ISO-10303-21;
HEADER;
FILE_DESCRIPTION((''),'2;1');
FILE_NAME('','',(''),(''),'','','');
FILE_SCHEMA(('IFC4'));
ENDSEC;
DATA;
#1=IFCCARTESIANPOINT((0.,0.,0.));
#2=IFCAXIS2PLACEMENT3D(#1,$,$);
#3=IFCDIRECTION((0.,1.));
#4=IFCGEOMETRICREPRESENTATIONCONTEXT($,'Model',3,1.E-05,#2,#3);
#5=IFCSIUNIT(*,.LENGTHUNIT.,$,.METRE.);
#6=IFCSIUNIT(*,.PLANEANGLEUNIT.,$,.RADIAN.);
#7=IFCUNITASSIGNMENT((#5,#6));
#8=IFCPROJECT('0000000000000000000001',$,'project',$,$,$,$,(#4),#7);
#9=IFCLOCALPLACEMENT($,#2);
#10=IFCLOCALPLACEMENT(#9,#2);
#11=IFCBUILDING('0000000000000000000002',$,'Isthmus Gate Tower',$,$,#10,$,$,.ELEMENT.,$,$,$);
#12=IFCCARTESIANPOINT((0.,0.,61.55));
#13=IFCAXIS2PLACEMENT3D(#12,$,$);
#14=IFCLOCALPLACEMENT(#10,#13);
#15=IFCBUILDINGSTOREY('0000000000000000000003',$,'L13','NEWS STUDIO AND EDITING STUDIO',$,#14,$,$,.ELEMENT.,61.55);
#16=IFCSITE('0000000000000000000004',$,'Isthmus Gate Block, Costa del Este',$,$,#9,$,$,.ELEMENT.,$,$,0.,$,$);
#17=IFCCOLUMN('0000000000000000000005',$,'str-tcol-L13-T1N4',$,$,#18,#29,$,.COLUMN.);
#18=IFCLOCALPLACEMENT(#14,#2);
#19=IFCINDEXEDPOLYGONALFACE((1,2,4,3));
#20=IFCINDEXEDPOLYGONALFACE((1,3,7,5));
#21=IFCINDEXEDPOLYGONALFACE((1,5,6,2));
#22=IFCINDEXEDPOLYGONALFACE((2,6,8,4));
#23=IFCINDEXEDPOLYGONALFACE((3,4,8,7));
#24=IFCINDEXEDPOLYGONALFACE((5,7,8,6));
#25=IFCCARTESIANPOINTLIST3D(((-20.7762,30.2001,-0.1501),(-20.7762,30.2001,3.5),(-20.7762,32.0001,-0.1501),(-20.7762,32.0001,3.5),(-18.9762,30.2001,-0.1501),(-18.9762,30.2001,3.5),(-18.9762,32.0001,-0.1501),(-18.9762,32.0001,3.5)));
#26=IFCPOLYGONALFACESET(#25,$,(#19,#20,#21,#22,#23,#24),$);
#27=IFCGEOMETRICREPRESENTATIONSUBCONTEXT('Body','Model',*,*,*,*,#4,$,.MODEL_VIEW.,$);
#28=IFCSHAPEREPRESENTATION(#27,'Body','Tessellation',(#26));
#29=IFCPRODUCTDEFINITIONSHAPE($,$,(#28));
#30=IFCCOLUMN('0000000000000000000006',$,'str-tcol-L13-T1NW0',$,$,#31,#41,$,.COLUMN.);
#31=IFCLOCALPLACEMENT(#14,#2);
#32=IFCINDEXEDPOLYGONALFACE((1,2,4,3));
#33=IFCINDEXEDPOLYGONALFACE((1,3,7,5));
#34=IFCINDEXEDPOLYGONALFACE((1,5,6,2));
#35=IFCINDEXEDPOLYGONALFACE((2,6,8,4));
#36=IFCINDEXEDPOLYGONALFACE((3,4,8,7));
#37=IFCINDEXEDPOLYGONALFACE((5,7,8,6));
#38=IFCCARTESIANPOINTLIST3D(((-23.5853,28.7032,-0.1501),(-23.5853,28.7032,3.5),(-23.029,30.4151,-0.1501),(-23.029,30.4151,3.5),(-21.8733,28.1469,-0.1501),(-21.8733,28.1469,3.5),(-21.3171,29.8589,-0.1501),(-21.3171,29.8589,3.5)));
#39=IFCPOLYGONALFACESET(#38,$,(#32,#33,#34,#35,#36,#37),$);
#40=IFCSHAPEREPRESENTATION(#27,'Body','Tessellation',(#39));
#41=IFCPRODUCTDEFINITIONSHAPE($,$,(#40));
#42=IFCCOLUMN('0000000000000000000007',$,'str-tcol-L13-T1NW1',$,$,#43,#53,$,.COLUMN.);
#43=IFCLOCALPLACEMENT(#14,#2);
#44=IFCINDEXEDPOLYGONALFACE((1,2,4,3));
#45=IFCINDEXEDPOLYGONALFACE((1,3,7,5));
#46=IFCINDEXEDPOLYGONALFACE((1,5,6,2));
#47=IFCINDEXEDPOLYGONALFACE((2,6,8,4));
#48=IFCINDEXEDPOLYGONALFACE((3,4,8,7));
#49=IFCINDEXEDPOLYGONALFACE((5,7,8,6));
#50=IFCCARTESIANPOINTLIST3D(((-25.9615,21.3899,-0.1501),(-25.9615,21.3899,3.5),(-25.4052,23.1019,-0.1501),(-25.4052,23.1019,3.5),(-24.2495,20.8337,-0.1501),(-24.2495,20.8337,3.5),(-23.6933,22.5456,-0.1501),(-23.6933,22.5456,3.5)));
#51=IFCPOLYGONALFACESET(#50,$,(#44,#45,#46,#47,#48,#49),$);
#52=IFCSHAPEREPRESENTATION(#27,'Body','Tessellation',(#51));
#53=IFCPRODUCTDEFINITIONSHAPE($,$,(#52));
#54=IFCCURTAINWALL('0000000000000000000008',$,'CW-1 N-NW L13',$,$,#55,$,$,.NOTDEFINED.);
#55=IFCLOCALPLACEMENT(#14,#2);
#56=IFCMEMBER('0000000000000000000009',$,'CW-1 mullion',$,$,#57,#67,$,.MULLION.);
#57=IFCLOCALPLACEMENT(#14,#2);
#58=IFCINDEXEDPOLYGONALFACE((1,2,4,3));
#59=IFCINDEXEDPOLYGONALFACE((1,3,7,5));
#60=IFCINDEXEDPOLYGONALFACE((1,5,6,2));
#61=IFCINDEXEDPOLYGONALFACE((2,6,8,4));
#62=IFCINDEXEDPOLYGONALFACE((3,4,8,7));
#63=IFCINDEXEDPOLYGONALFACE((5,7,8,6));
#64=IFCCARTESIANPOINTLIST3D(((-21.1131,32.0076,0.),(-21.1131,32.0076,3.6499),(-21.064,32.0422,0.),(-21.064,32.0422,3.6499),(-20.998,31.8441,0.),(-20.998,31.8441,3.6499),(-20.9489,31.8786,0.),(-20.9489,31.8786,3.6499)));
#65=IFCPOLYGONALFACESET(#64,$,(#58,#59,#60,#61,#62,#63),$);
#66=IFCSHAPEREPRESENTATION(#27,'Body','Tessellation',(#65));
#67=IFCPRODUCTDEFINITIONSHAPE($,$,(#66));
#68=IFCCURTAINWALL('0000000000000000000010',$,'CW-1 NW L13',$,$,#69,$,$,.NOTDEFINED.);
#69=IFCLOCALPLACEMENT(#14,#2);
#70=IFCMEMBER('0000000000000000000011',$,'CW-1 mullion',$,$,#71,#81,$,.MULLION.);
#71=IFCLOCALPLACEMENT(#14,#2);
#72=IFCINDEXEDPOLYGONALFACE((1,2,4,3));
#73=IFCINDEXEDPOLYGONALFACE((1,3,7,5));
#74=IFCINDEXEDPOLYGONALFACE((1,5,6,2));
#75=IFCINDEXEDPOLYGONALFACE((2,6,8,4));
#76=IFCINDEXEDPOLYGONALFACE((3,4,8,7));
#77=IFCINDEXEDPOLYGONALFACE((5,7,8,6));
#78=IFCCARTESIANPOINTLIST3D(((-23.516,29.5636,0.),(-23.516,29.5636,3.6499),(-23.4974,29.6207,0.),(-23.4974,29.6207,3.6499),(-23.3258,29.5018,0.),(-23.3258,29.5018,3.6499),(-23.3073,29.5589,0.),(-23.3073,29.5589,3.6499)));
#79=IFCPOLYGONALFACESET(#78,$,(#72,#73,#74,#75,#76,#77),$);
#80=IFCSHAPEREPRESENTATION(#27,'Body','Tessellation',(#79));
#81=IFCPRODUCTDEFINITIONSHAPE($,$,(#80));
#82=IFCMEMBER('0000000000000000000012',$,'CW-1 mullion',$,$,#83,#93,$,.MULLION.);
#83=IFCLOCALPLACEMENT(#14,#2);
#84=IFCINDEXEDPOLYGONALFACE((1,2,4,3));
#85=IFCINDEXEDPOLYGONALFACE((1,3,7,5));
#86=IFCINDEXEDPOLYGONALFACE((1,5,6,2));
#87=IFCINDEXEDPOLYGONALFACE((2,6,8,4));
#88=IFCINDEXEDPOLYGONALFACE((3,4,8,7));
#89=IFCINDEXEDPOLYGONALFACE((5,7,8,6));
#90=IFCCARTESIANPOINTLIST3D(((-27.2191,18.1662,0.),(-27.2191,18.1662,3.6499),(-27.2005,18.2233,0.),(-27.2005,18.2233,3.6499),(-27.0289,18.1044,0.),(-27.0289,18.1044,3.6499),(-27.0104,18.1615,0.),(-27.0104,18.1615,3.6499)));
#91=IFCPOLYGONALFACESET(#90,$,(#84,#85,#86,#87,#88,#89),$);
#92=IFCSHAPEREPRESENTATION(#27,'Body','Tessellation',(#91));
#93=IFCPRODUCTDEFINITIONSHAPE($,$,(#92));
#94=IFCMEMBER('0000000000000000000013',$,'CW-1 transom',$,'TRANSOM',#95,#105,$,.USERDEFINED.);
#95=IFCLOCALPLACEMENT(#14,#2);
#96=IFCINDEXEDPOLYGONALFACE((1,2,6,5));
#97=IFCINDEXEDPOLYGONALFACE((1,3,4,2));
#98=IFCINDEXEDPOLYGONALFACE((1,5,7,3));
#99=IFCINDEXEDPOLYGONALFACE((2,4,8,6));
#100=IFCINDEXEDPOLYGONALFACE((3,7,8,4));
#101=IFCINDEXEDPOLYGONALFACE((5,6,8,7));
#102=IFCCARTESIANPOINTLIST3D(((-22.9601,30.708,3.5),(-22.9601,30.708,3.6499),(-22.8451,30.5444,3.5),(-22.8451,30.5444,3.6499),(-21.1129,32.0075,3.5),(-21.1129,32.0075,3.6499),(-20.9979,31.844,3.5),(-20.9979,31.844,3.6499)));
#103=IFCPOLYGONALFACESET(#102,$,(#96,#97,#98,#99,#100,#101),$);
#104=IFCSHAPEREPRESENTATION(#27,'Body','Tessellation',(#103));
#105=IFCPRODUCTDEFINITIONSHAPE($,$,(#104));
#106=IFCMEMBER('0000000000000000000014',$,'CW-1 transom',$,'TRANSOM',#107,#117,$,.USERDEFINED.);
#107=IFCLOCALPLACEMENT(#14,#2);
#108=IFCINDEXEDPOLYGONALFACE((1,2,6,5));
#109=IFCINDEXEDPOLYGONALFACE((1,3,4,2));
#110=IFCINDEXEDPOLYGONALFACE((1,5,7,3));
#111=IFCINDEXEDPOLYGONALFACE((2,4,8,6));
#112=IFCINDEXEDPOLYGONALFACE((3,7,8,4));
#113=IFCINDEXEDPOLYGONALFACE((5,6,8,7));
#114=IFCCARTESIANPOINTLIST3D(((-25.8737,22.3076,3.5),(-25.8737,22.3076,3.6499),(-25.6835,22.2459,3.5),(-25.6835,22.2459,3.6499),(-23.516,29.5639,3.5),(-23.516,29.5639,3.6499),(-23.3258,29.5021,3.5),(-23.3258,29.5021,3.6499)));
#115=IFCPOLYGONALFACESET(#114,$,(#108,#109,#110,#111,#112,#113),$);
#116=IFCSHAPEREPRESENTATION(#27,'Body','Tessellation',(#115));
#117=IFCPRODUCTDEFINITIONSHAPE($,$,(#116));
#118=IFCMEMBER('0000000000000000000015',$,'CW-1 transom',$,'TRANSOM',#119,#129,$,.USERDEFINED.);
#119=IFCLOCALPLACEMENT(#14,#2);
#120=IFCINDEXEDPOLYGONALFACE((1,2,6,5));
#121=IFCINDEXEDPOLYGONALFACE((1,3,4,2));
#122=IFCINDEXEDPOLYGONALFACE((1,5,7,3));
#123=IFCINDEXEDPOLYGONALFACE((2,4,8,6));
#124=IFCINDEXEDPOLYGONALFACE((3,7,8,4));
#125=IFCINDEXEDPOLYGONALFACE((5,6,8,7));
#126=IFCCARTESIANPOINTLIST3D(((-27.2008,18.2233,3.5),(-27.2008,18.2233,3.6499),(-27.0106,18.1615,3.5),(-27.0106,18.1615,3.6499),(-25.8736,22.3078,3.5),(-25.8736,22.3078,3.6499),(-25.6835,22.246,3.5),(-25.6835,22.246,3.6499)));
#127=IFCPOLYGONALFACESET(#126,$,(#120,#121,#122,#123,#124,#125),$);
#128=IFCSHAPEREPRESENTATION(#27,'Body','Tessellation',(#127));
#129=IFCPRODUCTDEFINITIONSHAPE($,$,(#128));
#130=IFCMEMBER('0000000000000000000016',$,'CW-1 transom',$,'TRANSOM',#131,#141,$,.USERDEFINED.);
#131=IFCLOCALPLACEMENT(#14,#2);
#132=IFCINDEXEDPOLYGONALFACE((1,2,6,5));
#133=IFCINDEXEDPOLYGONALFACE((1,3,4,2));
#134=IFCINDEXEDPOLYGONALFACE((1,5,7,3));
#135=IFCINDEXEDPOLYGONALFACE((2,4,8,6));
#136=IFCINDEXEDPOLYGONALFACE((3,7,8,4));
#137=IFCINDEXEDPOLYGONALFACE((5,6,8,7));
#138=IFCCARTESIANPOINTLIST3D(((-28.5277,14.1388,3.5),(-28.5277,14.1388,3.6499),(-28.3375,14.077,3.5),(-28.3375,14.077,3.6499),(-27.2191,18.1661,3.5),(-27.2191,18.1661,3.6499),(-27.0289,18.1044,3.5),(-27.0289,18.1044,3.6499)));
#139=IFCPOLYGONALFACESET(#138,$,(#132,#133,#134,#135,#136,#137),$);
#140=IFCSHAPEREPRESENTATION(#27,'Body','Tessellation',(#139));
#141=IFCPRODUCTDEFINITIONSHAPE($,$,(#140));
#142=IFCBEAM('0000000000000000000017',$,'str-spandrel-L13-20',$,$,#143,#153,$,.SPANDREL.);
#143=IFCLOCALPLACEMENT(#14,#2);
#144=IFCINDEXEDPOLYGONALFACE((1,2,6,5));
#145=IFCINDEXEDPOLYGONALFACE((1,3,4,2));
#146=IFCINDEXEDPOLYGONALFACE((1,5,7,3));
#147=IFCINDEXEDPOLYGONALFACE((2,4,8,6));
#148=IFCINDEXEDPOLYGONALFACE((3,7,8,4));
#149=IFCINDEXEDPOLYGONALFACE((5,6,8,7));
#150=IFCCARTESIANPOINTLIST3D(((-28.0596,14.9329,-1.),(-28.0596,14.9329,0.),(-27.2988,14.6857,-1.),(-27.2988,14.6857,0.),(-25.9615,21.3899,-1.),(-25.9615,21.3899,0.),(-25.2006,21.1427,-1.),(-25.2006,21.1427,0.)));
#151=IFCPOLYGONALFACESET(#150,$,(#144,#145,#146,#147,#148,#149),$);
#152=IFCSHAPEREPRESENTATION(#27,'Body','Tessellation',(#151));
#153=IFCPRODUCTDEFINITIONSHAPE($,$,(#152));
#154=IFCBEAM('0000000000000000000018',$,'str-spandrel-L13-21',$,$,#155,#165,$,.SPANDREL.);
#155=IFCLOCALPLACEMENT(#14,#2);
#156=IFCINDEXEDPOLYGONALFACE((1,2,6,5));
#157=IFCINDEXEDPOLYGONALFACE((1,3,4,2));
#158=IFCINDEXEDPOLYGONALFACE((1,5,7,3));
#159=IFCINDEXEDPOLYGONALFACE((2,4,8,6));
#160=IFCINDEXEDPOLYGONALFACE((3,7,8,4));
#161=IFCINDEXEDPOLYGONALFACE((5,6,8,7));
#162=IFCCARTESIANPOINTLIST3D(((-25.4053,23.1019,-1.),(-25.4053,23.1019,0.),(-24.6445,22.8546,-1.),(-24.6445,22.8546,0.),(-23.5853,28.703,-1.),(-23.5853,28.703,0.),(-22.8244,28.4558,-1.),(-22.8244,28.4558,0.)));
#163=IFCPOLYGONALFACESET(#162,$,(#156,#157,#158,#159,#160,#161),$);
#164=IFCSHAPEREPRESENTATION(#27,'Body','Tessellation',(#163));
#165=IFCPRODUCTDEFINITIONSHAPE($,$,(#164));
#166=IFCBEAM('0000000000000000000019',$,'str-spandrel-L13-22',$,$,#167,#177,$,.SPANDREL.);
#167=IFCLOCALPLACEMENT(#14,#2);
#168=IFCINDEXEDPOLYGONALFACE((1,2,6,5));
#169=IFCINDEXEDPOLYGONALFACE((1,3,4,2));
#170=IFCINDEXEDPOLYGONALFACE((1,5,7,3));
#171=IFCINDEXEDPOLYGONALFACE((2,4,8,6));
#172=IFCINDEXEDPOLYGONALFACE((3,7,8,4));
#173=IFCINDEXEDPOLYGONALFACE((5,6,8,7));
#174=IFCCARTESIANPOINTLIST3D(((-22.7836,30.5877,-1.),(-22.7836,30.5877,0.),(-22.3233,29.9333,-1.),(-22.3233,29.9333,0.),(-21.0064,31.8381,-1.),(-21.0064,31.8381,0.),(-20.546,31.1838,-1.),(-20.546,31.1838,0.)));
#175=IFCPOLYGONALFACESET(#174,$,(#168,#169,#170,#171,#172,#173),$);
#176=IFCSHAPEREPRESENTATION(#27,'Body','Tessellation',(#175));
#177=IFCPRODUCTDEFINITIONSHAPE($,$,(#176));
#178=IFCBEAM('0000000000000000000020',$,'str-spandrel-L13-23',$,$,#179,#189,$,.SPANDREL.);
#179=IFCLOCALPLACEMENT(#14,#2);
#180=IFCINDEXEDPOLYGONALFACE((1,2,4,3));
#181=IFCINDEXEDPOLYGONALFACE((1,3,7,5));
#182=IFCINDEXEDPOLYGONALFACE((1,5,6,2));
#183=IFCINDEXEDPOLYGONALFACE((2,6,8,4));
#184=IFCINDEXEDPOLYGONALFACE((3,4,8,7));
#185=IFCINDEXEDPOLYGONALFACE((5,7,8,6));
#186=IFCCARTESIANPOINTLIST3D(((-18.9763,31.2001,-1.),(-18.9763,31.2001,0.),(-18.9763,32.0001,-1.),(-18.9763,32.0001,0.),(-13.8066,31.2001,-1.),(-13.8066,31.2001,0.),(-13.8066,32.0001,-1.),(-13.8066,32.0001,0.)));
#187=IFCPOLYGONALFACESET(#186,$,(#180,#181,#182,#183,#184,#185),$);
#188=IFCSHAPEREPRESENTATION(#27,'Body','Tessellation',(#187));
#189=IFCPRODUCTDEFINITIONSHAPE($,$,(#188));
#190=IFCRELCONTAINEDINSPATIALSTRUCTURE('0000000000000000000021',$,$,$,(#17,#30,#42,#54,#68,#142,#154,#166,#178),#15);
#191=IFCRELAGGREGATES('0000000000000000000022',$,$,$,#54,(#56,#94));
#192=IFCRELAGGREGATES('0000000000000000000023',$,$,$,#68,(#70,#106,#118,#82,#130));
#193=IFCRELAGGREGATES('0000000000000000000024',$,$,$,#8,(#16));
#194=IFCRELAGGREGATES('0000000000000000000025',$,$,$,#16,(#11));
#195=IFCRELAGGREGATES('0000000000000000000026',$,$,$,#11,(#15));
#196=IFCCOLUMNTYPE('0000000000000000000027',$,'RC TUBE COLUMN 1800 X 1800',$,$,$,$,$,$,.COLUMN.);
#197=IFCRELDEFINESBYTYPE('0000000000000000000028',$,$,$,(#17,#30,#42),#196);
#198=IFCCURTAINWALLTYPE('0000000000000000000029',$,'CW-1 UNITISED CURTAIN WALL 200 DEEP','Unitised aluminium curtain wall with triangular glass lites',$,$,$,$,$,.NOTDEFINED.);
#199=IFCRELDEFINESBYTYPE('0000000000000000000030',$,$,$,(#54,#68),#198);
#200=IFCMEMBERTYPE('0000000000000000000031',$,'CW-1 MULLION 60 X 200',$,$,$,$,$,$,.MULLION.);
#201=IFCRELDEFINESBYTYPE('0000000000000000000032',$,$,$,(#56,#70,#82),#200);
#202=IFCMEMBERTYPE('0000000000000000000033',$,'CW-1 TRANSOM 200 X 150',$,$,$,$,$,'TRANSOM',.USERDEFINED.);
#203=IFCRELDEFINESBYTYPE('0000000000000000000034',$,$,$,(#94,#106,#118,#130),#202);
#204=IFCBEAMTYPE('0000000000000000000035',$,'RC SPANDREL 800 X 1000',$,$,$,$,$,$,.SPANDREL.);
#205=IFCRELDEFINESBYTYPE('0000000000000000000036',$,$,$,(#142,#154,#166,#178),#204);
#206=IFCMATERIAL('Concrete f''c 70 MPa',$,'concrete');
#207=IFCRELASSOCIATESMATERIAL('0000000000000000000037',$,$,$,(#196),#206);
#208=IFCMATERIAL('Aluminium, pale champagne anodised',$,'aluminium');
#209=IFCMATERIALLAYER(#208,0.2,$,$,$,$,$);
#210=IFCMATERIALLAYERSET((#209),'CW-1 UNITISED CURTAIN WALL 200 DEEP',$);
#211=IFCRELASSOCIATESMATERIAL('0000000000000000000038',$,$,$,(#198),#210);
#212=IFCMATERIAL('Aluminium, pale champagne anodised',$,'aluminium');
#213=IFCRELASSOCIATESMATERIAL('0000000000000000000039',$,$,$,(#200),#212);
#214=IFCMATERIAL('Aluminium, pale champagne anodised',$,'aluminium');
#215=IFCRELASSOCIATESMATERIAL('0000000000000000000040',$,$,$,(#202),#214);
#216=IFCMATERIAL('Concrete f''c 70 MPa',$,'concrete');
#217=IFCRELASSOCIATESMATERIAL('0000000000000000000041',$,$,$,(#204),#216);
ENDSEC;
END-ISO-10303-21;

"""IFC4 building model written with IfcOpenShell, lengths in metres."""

from ifc_helpers import new_model, si_unit, direction, frame, origin, origin_2d, place, context, subcontext, project, spatial, rectangle, extrude, material, layer, layer_set, material_profile, profile_set, type_object, element, aggregate, save


model = new_model("IFC4")

# Units and contexts
model_context = context("Model", 3, precision=1e-05, world=origin(), true_north=direction((0.0, 1.0)))
body_context = subcontext(model_context, "Body", "Model", "MODEL_VIEW")
ifc_project = project(units=[si_unit("LENGTHUNIT", "METRE"), si_unit("PLANEANGLEUNIT", "RADIAN")], contexts=[model_context])

# Site, building, storey
site_placement = place(None, origin())
site = spatial("IfcSite", under=ifc_project, at=site_placement, Name="Isthmus Gate Block, Costa del Este", CompositionType="ELEMENT", RefElevation=0.0)
building_placement = place(site_placement, origin())
building = spatial("IfcBuilding", under=site, at=building_placement, Name="Isthmus Gate Tower", CompositionType="ELEMENT")
storey_placement = place(building_placement, frame((0.0, 0.0, 61.55)))
storey = spatial("IfcBuildingStorey", under=building, at=storey_placement, Name="L13", Description="NEWS STUDIO AND EDITING STUDIO", CompositionType="ELEMENT", Elevation=61.55)

# Columns
ifc_material_1 = material(Name="Concrete f'c 70 MPa", Category="concrete")
ifc_material_profile_1 = material_profile(ifc_material_1, rectangle(XDim=1.8, YDim=1.8, at=origin_2d()), Name="RC 1800X1800")
ifc_profile_set_1 = profile_set([ifc_material_profile_1], Name="Concrete f'c 70 MPa")
column_type = type_object("IfcColumnType", Name="RC TUBE COLUMN 1800 X 1800", PredefinedType="COLUMN", material=ifc_profile_set_1)
for number, where, z_axis, x_axis, name in (
    (1, (-19.8762, 31.1001, -0.1501), (0.0, 0.0, 1.0), (-1.0, 0.0, 0.0), "str-tcol-L13-T1N4"),
    (2, (-22.4512, 29.281, -0.1501), (0.0, 0.0, 1.0), (-0.309017, -0.951057, 0.0), "str-tcol-L13-T1NW0"),
    (3, (-24.8274, 21.9678, -0.1501), (0.0, 0.0, 1.0), (-0.309017, -0.951057, 0.0), "str-tcol-L13-T1NW1"),
):
    element("IfcColumn", number, at=place(storey_placement, frame(where, z_axis=z_axis, x_axis=x_axis)), inside=storey, type_object=column_type, Name=name, PredefinedType="COLUMN", context=body_context, shape_type="SweptSolid", body=[
        extrude(rectangle(XDim=1.8, YDim=1.8, at=origin_2d()), origin(), (0.0, 0.0, 1.0), 3.6501),
    ])

# Curtain wall, member
ifc_material_2 = material(Name="Aluminium, pale champagne anodised", Category="aluminium")
ifc_layer_1 = layer(ifc_material_2, 0.2)
ifc_layer_set_1 = layer_set([ifc_layer_1], Name="CW-1 UNITISED CURTAIN WALL 200 DEEP")
curtain_wall_type = type_object("IfcCurtainWallType", Name="CW-1 UNITISED CURTAIN WALL 200 DEEP", Description="Unitised aluminium curtain wall with triangular glass lites", PredefinedType="NOTDEFINED", material=ifc_layer_set_1)
curtain_wall_1_placement = place(storey_placement, origin())
curtain_wall_1 = element("IfcCurtainWall", 4, at=curtain_wall_1_placement, inside=storey, type_object=curtain_wall_type, Name="CW-1 N-NW L13", PredefinedType="NOTDEFINED")
ifc_material_3 = material(Name="Aluminium, pale champagne anodised", Category="aluminium")
ifc_material_profile_2 = material_profile(ifc_material_3, rectangle(XDim=0.0601, YDim=0.2, at=origin_2d()), Name="60x200")
ifc_profile_set_2 = profile_set([ifc_material_profile_2], Name="Aluminium, pale champagne anodised")
member_type_1 = type_object("IfcMemberType", Name="CW-1 MULLION 60 X 200", PredefinedType="MULLION", material=ifc_profile_set_2)
member_1_placement = place(storey_placement, frame((-21.031, 31.9431, 0.0), z_axis=(0.0, 0.0, 1.0), x_axis=(-0.81786, -0.575418, 0.0)))
member_1 = element("IfcMember", 5, at=member_1_placement, type_object=member_type_1, Name="CW-1 mullion", PredefinedType="MULLION", context=body_context, shape_type="SweptSolid", body=[
    extrude(rectangle(XDim=0.0601, YDim=0.2, at=origin_2d()), origin(), (0.0, 0.0, 1.0), 3.6499),
])

# Curtain wall, members
curtain_wall_2_placement = place(storey_placement, origin())
curtain_wall_2 = element("IfcCurtainWall", 6, at=curtain_wall_2_placement, inside=storey, type_object=curtain_wall_type, Name="CW-1 NW L13", PredefinedType="NOTDEFINED")
member_2_placement = place(storey_placement, frame((-23.4116, 29.5613, 0.0), z_axis=(0.0, 0.0, 1.0), x_axis=(-0.309017, -0.951057, 0.0)))
member_2 = element("IfcMember", 7, at=member_2_placement, type_object=member_type_1, Name="CW-1 mullion", PredefinedType="MULLION", context=body_context, shape_type="SweptSolid", body=[
    extrude(rectangle(XDim=0.0601, YDim=0.2, at=origin_2d()), origin(), (0.0, 0.0, 1.0), 3.6499),
])
member_3_placement = place(storey_placement, frame((-27.1147, 18.1638, 0.0), z_axis=(0.0, 0.0, 1.0), x_axis=(-0.309017, -0.951057, 0.0)))
member_3 = element("IfcMember", 8, at=member_3_placement, type_object=member_type_1, Name="CW-1 mullion", PredefinedType="MULLION", context=body_context, shape_type="SweptSolid", body=[
    extrude(rectangle(XDim=0.0601, YDim=0.2, at=origin_2d()), origin(), (0.0, 0.0, 1.0), 3.6499),
])

# Members
ifc_material_4 = material(Name="Aluminium, pale champagne anodised", Category="aluminium")
ifc_material_profile_3 = material_profile(ifc_material_4, rectangle(XDim=0.2, YDim=0.1499, at=origin_2d()), Name="200x150")
ifc_profile_set_3 = profile_set([ifc_material_profile_3], Name="Aluminium, pale champagne anodised")
member_type_2 = type_object("IfcMemberType", Name="CW-1 TRANSOM 200 X 150", ElementType="TRANSOM", PredefinedType="USERDEFINED", material=ifc_profile_set_3)
member_4_placement = place(storey_placement, frame((-21.0554, 31.9258, 3.575), z_axis=(-0.817869, -0.575405, 0.0), x_axis=(0.575405, -0.817869, 0.0)))
member_4 = element("IfcMember", 9, at=member_4_placement, type_object=member_type_2, Name="CW-1 transom", ObjectType="TRANSOM", PredefinedType="USERDEFINED", context=body_context, shape_type="SweptSolid", body=[
    extrude(rectangle(XDim=0.2, YDim=0.1499, at=origin_2d()), origin(), (0.0, 0.0, 1.0), 2.2585),
])
member_5_placement = place(storey_placement, frame((-23.4209, 29.533, 3.575), z_axis=(-0.309019, -0.951056, 0.0), x_axis=(0.951056, -0.309019, 0.0)))
member_5 = element("IfcMember", 10, at=member_5_placement, type_object=member_type_2, Name="CW-1 transom", ObjectType="TRANSOM", PredefinedType="USERDEFINED", context=body_context, shape_type="SweptSolid", body=[
    extrude(rectangle(XDim=0.2, YDim=0.1499, at=origin_2d()), origin(), (0.0, 0.0, 1.0), 7.6296),
])
member_6_placement = place(storey_placement, frame((-25.7786, 22.2769, 3.575), z_axis=(-0.309022, -0.951055, 0.0), x_axis=(0.951055, -0.309022, 0.0)))
member_6 = element("IfcMember", 11, at=member_6_placement, type_object=member_type_2, Name="CW-1 transom", ObjectType="TRANSOM", PredefinedType="USERDEFINED", context=body_context, shape_type="SweptSolid", body=[
    extrude(rectangle(XDim=0.2, YDim=0.1499, at=origin_2d()), origin(), (0.0, 0.0, 1.0), 4.2947),
])
member_7_placement = place(storey_placement, frame((-27.124, 18.1353, 3.575), z_axis=(-0.309023, -0.951054, 0.0), x_axis=(0.951054, -0.309023, 0.0)))
member_7 = element("IfcMember", 12, at=member_7_placement, type_object=member_type_2, Name="CW-1 transom", ObjectType="TRANSOM", PredefinedType="USERDEFINED", context=body_context, shape_type="SweptSolid", body=[
    extrude(rectangle(XDim=0.2, YDim=0.1499, at=origin_2d()), origin(), (0.0, 0.0, 1.0), 4.2346),
])

# Beams
ifc_material_5 = material(Name="Concrete f'c 70 MPa", Category="concrete")
ifc_material_profile_4 = material_profile(ifc_material_5, rectangle(XDim=0.8, YDim=1.0, at=origin_2d()), Name="RC 800X1000")
ifc_profile_set_4 = profile_set([ifc_material_profile_4], Name="Concrete f'c 70 MPa")
beam_type_1 = type_object("IfcBeamType", Name="RC SPANDREL 800 X 1000", PredefinedType="SPANDREL", material=ifc_profile_set_4)
beam_1_placement = place(storey_placement, frame((-27.6792, 14.8093, -0.5), z_axis=(0.309034, 0.951051, 0.0), x_axis=(-0.951051, 0.309034, 0.0)))
element("IfcBeam", 13, at=beam_1_placement, inside=storey, type_object=beam_type_1, Name="str-spandrel-L13-20", PredefinedType="SPANDREL", context=body_context, shape_type="SweptSolid", body=[
    extrude(rectangle(XDim=0.8, YDim=1.0, at=origin_2d()), origin(), (0.0, 0.0, 1.0), 6.7893),
])
beam_2_placement = place(storey_placement, frame((-25.0249, 22.9783, -0.5), z_axis=(0.309043, 0.951048, 0.0), x_axis=(-0.951048, 0.309043, 0.0)))
element("IfcBeam", 14, at=beam_2_placement, inside=storey, type_object=beam_type_1, Name="str-spandrel-L13-21", PredefinedType="SPANDREL", context=body_context, shape_type="SweptSolid", body=[
    extrude(rectangle(XDim=0.8, YDim=1.0, at=origin_2d()), origin(), (0.0, 0.0, 1.0), 5.8894),
])
beam_3_placement = place(storey_placement, frame((-22.5535, 30.2605, -0.5), z_axis=(0.817857, 0.575421, 0.0), x_axis=(-0.575421, 0.817857, 0.0)))
element("IfcBeam", 15, at=beam_3_placement, inside=storey, type_object=beam_type_1, Name="str-spandrel-L13-22", PredefinedType="SPANDREL", context=body_context, shape_type="SweptSolid", body=[
    extrude(rectangle(XDim=0.8, YDim=1.0, at=origin_2d()), origin(), (0.0, 0.0, 1.0), 2.1731),
])
beam_4_placement = place(storey_placement, frame((-18.9763, 31.6001, -0.5), z_axis=(1.0, 0.0, 0.0), x_axis=(0.0, 1.0, 0.0)))
element("IfcBeam", 16, at=beam_4_placement, inside=storey, type_object=beam_type_1, Name="str-spandrel-L13-23", PredefinedType="SPANDREL", context=body_context, shape_type="SweptSolid", body=[
    extrude(rectangle(XDim=0.8, YDim=1.0, at=origin_2d()), origin(), (0.0, 0.0, 1.0), 5.1697),
])

aggregate(curtain_wall_1, [member_1, member_4])

aggregate(curtain_wall_2, [member_2, member_5, member_6, member_3, member_7])

save(model, "model.ifc")
